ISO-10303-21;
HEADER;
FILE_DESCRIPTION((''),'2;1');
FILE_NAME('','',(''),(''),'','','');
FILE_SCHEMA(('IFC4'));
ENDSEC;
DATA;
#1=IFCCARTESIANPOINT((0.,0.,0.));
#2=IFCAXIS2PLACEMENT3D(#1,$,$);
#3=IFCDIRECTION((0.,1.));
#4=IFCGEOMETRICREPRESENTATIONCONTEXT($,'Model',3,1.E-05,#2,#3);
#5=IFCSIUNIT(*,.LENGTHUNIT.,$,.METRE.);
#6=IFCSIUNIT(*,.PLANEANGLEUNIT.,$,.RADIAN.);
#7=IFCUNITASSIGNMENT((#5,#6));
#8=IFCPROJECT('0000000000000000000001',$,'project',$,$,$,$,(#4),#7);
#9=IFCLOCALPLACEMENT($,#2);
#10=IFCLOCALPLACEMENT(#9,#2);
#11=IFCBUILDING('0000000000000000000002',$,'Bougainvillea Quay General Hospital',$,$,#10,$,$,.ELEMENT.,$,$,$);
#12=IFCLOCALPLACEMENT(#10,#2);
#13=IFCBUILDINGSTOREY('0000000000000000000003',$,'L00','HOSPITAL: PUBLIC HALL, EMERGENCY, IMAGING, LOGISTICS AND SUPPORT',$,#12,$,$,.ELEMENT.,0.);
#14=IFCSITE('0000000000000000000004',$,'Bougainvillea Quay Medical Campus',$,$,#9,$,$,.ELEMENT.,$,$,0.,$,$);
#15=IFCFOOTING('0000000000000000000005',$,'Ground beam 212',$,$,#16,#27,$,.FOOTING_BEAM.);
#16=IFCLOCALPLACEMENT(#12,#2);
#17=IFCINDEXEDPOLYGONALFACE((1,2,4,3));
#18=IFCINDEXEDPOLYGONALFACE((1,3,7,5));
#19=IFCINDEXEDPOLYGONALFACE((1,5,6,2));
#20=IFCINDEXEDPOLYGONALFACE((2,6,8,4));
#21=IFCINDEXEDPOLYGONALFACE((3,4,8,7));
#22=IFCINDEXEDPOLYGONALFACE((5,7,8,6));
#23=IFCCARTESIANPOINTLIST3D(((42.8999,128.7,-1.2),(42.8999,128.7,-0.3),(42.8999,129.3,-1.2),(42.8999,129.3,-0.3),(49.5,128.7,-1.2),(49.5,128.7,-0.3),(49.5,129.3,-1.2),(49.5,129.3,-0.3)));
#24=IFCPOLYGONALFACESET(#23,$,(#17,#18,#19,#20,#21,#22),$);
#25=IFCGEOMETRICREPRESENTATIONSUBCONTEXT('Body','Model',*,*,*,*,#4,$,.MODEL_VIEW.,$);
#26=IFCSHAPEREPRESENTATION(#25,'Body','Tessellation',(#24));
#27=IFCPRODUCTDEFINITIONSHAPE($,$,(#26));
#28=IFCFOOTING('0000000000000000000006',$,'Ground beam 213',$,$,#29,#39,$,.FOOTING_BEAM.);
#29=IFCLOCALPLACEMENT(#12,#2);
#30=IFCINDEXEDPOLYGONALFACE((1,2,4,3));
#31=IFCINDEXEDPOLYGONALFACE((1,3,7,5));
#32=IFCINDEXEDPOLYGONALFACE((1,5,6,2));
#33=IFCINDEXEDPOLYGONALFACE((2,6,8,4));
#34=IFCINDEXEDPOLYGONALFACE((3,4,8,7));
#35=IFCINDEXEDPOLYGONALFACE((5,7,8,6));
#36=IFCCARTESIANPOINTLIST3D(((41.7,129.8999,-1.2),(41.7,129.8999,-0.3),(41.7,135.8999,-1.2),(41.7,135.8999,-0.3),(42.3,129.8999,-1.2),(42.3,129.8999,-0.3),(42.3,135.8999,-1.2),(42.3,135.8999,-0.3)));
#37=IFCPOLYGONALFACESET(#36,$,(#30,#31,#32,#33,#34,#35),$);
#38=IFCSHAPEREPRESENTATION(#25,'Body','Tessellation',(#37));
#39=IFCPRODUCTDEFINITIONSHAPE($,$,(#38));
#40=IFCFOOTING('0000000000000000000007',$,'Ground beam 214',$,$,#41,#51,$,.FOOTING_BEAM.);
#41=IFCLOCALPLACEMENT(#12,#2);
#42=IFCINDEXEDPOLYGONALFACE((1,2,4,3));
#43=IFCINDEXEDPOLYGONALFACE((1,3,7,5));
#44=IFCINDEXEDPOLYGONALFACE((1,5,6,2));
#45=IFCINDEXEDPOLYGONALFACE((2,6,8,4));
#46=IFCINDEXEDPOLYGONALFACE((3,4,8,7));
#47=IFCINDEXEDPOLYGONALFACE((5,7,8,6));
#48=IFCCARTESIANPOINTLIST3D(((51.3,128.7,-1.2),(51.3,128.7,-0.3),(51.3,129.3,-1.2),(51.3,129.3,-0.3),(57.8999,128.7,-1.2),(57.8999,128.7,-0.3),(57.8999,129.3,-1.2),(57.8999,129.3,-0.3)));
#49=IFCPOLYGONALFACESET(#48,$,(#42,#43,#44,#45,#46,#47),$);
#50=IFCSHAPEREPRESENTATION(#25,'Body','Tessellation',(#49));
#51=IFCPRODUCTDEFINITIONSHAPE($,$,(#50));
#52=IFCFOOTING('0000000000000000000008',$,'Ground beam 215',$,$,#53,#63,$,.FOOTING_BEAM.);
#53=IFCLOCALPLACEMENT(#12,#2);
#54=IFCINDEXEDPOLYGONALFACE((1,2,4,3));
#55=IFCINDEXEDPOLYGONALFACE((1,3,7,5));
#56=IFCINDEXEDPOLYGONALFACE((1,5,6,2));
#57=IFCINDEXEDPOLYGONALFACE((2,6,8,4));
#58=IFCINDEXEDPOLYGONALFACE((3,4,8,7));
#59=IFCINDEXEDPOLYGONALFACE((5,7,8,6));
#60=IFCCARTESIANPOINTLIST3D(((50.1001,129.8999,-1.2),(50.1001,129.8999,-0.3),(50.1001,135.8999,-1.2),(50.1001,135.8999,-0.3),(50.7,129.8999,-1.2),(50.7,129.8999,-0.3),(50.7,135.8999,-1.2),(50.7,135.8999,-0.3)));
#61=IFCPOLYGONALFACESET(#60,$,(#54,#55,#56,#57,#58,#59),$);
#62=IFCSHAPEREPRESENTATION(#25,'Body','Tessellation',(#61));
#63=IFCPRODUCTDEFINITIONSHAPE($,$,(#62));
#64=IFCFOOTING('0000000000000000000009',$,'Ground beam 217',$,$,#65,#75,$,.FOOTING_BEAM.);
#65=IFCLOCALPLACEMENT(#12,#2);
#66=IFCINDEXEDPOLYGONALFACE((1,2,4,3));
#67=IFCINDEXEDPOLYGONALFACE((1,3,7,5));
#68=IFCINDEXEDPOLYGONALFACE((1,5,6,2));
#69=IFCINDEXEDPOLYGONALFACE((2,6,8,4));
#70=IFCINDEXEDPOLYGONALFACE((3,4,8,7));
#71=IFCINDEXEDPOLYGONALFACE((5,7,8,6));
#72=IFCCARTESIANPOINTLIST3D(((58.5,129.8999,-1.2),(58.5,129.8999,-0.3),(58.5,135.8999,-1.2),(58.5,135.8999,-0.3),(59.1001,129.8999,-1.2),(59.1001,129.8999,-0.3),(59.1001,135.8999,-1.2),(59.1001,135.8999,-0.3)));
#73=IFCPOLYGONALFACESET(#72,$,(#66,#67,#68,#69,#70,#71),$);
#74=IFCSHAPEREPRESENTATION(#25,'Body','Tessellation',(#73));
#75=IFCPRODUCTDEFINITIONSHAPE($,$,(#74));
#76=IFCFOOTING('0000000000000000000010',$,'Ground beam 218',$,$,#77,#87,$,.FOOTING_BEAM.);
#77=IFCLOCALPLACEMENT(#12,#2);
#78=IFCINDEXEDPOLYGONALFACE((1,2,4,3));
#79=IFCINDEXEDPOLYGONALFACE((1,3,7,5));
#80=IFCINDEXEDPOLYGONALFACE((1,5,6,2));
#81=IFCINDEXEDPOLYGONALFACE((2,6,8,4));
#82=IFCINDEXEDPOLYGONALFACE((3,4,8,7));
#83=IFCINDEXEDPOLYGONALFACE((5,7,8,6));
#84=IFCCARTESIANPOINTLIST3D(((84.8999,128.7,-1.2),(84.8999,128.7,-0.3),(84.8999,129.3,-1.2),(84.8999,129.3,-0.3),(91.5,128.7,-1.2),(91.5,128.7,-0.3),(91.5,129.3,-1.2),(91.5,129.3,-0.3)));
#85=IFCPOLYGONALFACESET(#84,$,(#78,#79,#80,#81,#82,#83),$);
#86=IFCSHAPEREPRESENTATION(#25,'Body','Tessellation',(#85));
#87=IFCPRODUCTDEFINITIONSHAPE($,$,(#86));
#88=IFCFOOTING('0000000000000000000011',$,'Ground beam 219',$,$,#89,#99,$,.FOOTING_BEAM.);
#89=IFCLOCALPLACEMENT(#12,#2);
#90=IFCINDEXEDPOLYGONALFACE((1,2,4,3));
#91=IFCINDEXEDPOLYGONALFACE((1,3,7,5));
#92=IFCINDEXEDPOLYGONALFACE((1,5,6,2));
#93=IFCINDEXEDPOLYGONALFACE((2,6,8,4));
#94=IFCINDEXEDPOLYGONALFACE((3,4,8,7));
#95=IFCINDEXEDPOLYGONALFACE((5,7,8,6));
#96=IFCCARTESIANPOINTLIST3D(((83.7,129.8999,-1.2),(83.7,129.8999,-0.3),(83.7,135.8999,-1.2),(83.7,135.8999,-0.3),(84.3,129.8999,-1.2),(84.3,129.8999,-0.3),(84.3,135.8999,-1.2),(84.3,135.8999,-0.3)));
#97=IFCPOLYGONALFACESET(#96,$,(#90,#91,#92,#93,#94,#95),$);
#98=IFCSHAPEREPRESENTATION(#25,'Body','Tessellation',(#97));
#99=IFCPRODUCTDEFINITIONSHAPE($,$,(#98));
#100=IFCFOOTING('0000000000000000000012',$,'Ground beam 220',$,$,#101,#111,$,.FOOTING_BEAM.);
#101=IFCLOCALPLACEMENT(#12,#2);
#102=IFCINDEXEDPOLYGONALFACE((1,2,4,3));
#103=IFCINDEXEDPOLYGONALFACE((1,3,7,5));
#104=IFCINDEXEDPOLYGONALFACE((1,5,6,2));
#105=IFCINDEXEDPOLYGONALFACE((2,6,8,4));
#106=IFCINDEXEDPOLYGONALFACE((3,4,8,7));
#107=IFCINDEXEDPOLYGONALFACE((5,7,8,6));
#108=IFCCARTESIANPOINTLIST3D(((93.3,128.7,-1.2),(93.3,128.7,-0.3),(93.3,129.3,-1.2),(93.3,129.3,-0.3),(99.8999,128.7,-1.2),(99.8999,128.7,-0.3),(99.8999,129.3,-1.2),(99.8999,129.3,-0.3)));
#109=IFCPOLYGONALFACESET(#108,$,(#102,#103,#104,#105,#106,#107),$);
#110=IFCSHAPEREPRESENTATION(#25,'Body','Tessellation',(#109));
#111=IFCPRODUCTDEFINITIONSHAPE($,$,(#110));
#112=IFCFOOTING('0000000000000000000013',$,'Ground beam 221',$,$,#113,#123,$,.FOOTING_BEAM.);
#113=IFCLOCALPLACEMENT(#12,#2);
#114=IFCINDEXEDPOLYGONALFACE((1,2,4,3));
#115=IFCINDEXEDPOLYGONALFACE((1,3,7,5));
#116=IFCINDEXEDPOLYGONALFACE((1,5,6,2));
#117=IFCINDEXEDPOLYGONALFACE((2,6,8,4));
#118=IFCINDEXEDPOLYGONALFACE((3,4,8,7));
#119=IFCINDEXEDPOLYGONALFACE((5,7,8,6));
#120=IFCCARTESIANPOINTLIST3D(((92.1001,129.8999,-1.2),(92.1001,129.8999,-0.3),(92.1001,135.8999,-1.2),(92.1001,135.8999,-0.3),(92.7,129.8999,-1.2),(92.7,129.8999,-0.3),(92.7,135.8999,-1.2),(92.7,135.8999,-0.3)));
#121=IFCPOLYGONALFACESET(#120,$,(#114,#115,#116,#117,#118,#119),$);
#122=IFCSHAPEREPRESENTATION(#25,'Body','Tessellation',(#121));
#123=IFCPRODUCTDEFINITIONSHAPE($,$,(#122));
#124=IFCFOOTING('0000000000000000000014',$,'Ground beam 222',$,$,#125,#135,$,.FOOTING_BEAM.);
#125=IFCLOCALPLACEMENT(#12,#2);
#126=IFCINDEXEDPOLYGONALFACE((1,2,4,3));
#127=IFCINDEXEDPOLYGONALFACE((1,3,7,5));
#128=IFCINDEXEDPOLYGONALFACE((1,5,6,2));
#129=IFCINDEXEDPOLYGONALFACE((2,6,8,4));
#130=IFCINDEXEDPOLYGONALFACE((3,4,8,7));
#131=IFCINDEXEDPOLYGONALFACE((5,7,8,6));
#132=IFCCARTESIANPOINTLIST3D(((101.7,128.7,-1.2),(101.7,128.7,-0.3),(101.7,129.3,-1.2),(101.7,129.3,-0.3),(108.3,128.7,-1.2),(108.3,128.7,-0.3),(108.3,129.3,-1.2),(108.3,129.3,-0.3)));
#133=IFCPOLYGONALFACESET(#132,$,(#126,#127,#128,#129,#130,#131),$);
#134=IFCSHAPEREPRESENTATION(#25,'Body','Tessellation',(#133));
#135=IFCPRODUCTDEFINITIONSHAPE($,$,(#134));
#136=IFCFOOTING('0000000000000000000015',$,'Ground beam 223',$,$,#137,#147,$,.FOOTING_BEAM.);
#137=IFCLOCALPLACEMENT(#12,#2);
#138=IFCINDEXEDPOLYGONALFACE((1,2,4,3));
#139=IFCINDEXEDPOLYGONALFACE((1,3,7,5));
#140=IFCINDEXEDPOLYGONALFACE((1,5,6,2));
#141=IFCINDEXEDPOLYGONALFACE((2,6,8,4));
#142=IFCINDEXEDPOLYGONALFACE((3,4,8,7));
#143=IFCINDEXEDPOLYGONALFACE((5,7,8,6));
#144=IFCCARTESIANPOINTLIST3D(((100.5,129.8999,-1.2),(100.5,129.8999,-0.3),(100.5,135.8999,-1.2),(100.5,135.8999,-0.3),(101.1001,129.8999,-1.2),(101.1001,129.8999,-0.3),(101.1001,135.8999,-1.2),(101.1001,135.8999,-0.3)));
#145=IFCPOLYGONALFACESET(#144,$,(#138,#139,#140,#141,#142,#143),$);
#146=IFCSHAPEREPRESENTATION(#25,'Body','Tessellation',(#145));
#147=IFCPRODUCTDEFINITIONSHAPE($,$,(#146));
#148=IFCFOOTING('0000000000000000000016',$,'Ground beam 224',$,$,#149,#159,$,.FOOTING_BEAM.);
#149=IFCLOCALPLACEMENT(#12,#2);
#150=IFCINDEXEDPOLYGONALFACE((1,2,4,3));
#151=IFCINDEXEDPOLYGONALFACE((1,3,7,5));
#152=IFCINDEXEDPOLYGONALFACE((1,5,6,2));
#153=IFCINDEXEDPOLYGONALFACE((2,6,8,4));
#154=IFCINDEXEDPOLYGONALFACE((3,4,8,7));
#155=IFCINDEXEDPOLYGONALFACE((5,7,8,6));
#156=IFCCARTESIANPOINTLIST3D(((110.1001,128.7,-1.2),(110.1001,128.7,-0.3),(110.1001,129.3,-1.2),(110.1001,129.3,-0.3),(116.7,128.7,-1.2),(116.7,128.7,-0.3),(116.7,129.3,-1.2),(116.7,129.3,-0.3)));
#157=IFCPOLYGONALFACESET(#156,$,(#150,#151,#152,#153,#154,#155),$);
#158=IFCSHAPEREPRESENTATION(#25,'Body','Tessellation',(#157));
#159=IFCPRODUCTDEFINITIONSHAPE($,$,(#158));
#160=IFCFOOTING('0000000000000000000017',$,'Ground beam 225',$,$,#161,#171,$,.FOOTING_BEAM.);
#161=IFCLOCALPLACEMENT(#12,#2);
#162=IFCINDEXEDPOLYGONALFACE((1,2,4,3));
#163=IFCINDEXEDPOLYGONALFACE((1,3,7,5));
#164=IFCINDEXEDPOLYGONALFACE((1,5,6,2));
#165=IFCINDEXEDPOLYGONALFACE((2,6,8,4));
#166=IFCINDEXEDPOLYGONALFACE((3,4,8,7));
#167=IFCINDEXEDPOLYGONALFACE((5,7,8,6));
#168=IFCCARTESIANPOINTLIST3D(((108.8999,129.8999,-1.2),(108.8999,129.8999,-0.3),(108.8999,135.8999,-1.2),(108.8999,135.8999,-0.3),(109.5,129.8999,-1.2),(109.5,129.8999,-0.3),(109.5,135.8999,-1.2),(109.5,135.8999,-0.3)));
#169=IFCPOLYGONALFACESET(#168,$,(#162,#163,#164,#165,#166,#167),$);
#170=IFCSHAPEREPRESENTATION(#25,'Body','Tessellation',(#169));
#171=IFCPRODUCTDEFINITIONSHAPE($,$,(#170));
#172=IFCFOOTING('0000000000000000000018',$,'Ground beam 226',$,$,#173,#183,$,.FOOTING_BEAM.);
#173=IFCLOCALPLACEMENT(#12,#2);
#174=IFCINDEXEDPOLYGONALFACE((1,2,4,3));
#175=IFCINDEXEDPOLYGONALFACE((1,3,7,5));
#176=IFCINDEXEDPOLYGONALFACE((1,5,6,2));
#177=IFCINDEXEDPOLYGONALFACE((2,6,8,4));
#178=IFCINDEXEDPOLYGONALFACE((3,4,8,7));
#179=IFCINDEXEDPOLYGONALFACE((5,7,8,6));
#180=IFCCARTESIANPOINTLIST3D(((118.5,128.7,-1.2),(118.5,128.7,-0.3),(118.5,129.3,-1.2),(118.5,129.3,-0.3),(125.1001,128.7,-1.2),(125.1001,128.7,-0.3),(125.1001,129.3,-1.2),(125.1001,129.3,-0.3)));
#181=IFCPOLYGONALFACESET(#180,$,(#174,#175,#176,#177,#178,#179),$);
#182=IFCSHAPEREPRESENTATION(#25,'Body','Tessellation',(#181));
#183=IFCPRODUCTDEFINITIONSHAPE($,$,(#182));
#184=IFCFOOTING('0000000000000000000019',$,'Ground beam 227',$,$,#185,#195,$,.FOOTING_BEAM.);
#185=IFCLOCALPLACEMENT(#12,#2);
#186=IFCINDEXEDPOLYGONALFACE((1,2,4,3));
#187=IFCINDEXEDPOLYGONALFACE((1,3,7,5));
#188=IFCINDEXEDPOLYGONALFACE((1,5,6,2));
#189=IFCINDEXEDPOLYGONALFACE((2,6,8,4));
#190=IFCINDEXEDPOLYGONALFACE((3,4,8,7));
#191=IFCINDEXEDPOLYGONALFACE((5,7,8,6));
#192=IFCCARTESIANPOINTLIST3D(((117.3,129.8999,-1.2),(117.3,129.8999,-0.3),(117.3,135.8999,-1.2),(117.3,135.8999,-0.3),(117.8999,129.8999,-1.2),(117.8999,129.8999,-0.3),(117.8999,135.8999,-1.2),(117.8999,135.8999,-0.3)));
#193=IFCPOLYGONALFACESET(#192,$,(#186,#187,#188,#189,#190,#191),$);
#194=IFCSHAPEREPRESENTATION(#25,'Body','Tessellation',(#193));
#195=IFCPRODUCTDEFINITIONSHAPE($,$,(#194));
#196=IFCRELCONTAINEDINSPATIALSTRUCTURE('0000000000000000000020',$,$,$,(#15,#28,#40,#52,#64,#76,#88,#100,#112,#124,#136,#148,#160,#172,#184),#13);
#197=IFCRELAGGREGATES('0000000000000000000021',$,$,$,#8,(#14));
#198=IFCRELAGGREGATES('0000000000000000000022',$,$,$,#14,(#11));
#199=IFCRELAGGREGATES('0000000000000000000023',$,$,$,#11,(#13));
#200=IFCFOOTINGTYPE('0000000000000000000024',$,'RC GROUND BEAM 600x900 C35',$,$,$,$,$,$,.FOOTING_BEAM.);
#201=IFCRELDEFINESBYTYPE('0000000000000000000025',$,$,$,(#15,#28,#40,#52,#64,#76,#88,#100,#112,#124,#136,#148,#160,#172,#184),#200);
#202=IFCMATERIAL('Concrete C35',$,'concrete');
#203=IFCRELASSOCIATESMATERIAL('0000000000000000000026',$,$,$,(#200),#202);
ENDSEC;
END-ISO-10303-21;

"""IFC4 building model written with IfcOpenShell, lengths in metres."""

from ifc_helpers import new_model, si_unit, direction, frame, origin, origin_2d, place, context, subcontext, project, spatial, polyline, rectangle, outline, extrude, material, material_profile, profile_set, type_object, element, save


model = new_model("IFC4")

# Units and contexts
model_context = context("Model", 3, precision=1e-05, world=origin(), true_north=direction((0.0, 1.0)))
body_context = subcontext(model_context, "Body", "Model", "MODEL_VIEW")
ifc_project = project(units=[si_unit("LENGTHUNIT", "METRE"), si_unit("PLANEANGLEUNIT", "RADIAN")], contexts=[model_context])

# Site, building, storey
site_placement = place(None, origin())
site = spatial("IfcSite", under=ifc_project, at=site_placement, Name="Bougainvillea Quay Medical Campus", CompositionType="ELEMENT", RefElevation=0.0)
building_placement = place(site_placement, origin())
building = spatial("IfcBuilding", under=site, at=building_placement, Name="Bougainvillea Quay General Hospital", CompositionType="ELEMENT")
storey_placement = place(building_placement, origin())
storey = spatial("IfcBuildingStorey", under=building, at=storey_placement, Name="L00", Description="HOSPITAL: PUBLIC HALL, EMERGENCY, IMAGING, LOGISTICS AND SUPPORT", CompositionType="ELEMENT", Elevation=0.0)

# Footings
ifc_material = material(Name="Concrete C35", Category="concrete")
ifc_material_profile = material_profile(ifc_material, rectangle(XDim=0.6001, YDim=0.8999, at=origin_2d()))
ifc_profile_set = profile_set([ifc_material_profile], Name="Concrete C35")
footing_type = type_object("IfcFootingType", Name="RC GROUND BEAM 600x900 C35", PredefinedType="FOOTING_BEAM", material=ifc_profile_set)
footing_1_placement = place(storey_placement, frame((0.0, 0.0, -1.2)))
element("IfcFooting", 1, at=footing_1_placement, inside=storey, type_object=footing_type, Name="Ground beam 212", PredefinedType="FOOTING_BEAM", context=body_context, shape_type="SweptSolid", body=[
    extrude(outline(polyline([(42.8999, 129.3), (49.5, 129.3), (49.5, 128.7), (42.8999, 128.7), (42.8999, 129.3)])), origin(), (0.0, 0.0, 1.0), 0.8999),
])
footing_2_placement = place(storey_placement, frame((0.0, 0.0, -1.2)))
element("IfcFooting", 2, at=footing_2_placement, inside=storey, type_object=footing_type, Name="Ground beam 213", PredefinedType="FOOTING_BEAM", context=body_context, shape_type="SweptSolid", body=[
    extrude(outline(polyline([(41.7, 129.8999), (41.7, 135.8999), (42.3, 135.8999), (42.3, 129.8999), (41.7, 129.8999)])), origin(), (0.0, 0.0, 1.0), 0.8999),
])
footing_3_placement = place(storey_placement, frame((0.0, 0.0, -1.2)))
element("IfcFooting", 3, at=footing_3_placement, inside=storey, type_object=footing_type, Name="Ground beam 214", PredefinedType="FOOTING_BEAM", context=body_context, shape_type="SweptSolid", body=[
    extrude(outline(polyline([(51.3, 129.3), (57.8999, 129.3), (57.8999, 128.7), (51.3, 128.7), (51.3, 129.3)])), origin(), (0.0, 0.0, 1.0), 0.8999),
])
footing_4_placement = place(storey_placement, frame((0.0, 0.0, -1.2)))
element("IfcFooting", 4, at=footing_4_placement, inside=storey, type_object=footing_type, Name="Ground beam 215", PredefinedType="FOOTING_BEAM", context=body_context, shape_type="SweptSolid", body=[
    extrude(outline(polyline([(50.1001, 129.8999), (50.1001, 135.8999), (50.7, 135.8999), (50.7, 129.8999), (50.1001, 129.8999)])), origin(), (0.0, 0.0, 1.0), 0.8999),
])
footing_5_placement = place(storey_placement, frame((0.0, 0.0, -1.2)))
element("IfcFooting", 5, at=footing_5_placement, inside=storey, type_object=footing_type, Name="Ground beam 217", PredefinedType="FOOTING_BEAM", context=body_context, shape_type="SweptSolid", body=[
    extrude(outline(polyline([(58.5, 129.8999), (58.5, 135.8999), (59.1001, 135.8999), (59.1001, 129.8999), (58.5, 129.8999)])), origin(), (0.0, 0.0, 1.0), 0.8999),
])
footing_6_placement = place(storey_placement, frame((0.0, 0.0, -1.2)))
element("IfcFooting", 6, at=footing_6_placement, inside=storey, type_object=footing_type, Name="Ground beam 218", PredefinedType="FOOTING_BEAM", context=body_context, shape_type="SweptSolid", body=[
    extrude(outline(polyline([(84.8999, 129.3), (91.5, 129.3), (91.5, 128.7), (84.8999, 128.7), (84.8999, 129.3)])), origin(), (0.0, 0.0, 1.0), 0.8999),
])
footing_7_placement = place(storey_placement, frame((0.0, 0.0, -1.2)))
element("IfcFooting", 7, at=footing_7_placement, inside=storey, type_object=footing_type, Name="Ground beam 219", PredefinedType="FOOTING_BEAM", context=body_context, shape_type="SweptSolid", body=[
    extrude(outline(polyline([(83.7, 129.8999), (83.7, 135.8999), (84.3, 135.8999), (84.3, 129.8999), (83.7, 129.8999)])), origin(), (0.0, 0.0, 1.0), 0.8999),
])
footing_8_placement = place(storey_placement, frame((0.0, 0.0, -1.2)))
element("IfcFooting", 8, at=footing_8_placement, inside=storey, type_object=footing_type, Name="Ground beam 220", PredefinedType="FOOTING_BEAM", context=body_context, shape_type="SweptSolid", body=[
    extrude(outline(polyline([(93.3, 129.3), (99.8999, 129.3), (99.8999, 128.7), (93.3, 128.7), (93.3, 129.3)])), origin(), (0.0, 0.0, 1.0), 0.8999),
])
footing_9_placement = place(storey_placement, frame((0.0, 0.0, -1.2)))
element("IfcFooting", 9, at=footing_9_placement, inside=storey, type_object=footing_type, Name="Ground beam 221", PredefinedType="FOOTING_BEAM", context=body_context, shape_type="SweptSolid", body=[
    extrude(outline(polyline([(92.1001, 129.8999), (92.1001, 135.8999), (92.7, 135.8999), (92.7, 129.8999), (92.1001, 129.8999)])), origin(), (0.0, 0.0, 1.0), 0.8999),
])
footing_10_placement = place(storey_placement, frame((0.0, 0.0, -1.2)))
element("IfcFooting", 10, at=footing_10_placement, inside=storey, type_object=footing_type, Name="Ground beam 222", PredefinedType="FOOTING_BEAM", context=body_context, shape_type="SweptSolid", body=[
    extrude(outline(polyline([(101.7, 129.3), (108.3, 129.3), (108.3, 128.7), (101.7, 128.7), (101.7, 129.3)])), origin(), (0.0, 0.0, 1.0), 0.8999),
])
footing_11_placement = place(storey_placement, frame((0.0, 0.0, -1.2)))
element("IfcFooting", 11, at=footing_11_placement, inside=storey, type_object=footing_type, Name="Ground beam 223", PredefinedType="FOOTING_BEAM", context=body_context, shape_type="SweptSolid", body=[
    extrude(outline(polyline([(100.5, 129.8999), (100.5, 135.8999), (101.1001, 135.8999), (101.1001, 129.8999), (100.5, 129.8999)])), origin(), (0.0, 0.0, 1.0), 0.8999),
])
footing_12_placement = place(storey_placement, frame((0.0, 0.0, -1.2)))
element("IfcFooting", 12, at=footing_12_placement, inside=storey, type_object=footing_type, Name="Ground beam 224", PredefinedType="FOOTING_BEAM", context=body_context, shape_type="SweptSolid", body=[
    extrude(outline(polyline([(110.1001, 129.3), (116.7, 129.3), (116.7, 128.7), (110.1001, 128.7), (110.1001, 129.3)])), origin(), (0.0, 0.0, 1.0), 0.8999),
])
footing_13_placement = place(storey_placement, frame((0.0, 0.0, -1.2)))
element("IfcFooting", 13, at=footing_13_placement, inside=storey, type_object=footing_type, Name="Ground beam 225", PredefinedType="FOOTING_BEAM", context=body_context, shape_type="SweptSolid", body=[
    extrude(outline(polyline([(108.8999, 129.8999), (108.8999, 135.8999), (109.5, 135.8999), (109.5, 129.8999), (108.8999, 129.8999)])), origin(), (0.0, 0.0, 1.0), 0.8999),
])
footing_14_placement = place(storey_placement, frame((0.0, 0.0, -1.2)))
element("IfcFooting", 14, at=footing_14_placement, inside=storey, type_object=footing_type, Name="Ground beam 226", PredefinedType="FOOTING_BEAM", context=body_context, shape_type="SweptSolid", body=[
    extrude(outline(polyline([(118.5, 129.3), (125.1001, 129.3), (125.1001, 128.7), (118.5, 128.7), (118.5, 129.3)])), origin(), (0.0, 0.0, 1.0), 0.8999),
])
footing_15_placement = place(storey_placement, frame((0.0, 0.0, -1.2)))
element("IfcFooting", 15, at=footing_15_placement, inside=storey, type_object=footing_type, Name="Ground beam 227", PredefinedType="FOOTING_BEAM", context=body_context, shape_type="SweptSolid", body=[
    extrude(outline(polyline([(117.3, 129.8999), (117.3, 135.8999), (117.8999, 135.8999), (117.8999, 129.8999), (117.3, 129.8999)])), origin(), (0.0, 0.0, 1.0), 0.8999),
])

save(model, "model.ifc")
